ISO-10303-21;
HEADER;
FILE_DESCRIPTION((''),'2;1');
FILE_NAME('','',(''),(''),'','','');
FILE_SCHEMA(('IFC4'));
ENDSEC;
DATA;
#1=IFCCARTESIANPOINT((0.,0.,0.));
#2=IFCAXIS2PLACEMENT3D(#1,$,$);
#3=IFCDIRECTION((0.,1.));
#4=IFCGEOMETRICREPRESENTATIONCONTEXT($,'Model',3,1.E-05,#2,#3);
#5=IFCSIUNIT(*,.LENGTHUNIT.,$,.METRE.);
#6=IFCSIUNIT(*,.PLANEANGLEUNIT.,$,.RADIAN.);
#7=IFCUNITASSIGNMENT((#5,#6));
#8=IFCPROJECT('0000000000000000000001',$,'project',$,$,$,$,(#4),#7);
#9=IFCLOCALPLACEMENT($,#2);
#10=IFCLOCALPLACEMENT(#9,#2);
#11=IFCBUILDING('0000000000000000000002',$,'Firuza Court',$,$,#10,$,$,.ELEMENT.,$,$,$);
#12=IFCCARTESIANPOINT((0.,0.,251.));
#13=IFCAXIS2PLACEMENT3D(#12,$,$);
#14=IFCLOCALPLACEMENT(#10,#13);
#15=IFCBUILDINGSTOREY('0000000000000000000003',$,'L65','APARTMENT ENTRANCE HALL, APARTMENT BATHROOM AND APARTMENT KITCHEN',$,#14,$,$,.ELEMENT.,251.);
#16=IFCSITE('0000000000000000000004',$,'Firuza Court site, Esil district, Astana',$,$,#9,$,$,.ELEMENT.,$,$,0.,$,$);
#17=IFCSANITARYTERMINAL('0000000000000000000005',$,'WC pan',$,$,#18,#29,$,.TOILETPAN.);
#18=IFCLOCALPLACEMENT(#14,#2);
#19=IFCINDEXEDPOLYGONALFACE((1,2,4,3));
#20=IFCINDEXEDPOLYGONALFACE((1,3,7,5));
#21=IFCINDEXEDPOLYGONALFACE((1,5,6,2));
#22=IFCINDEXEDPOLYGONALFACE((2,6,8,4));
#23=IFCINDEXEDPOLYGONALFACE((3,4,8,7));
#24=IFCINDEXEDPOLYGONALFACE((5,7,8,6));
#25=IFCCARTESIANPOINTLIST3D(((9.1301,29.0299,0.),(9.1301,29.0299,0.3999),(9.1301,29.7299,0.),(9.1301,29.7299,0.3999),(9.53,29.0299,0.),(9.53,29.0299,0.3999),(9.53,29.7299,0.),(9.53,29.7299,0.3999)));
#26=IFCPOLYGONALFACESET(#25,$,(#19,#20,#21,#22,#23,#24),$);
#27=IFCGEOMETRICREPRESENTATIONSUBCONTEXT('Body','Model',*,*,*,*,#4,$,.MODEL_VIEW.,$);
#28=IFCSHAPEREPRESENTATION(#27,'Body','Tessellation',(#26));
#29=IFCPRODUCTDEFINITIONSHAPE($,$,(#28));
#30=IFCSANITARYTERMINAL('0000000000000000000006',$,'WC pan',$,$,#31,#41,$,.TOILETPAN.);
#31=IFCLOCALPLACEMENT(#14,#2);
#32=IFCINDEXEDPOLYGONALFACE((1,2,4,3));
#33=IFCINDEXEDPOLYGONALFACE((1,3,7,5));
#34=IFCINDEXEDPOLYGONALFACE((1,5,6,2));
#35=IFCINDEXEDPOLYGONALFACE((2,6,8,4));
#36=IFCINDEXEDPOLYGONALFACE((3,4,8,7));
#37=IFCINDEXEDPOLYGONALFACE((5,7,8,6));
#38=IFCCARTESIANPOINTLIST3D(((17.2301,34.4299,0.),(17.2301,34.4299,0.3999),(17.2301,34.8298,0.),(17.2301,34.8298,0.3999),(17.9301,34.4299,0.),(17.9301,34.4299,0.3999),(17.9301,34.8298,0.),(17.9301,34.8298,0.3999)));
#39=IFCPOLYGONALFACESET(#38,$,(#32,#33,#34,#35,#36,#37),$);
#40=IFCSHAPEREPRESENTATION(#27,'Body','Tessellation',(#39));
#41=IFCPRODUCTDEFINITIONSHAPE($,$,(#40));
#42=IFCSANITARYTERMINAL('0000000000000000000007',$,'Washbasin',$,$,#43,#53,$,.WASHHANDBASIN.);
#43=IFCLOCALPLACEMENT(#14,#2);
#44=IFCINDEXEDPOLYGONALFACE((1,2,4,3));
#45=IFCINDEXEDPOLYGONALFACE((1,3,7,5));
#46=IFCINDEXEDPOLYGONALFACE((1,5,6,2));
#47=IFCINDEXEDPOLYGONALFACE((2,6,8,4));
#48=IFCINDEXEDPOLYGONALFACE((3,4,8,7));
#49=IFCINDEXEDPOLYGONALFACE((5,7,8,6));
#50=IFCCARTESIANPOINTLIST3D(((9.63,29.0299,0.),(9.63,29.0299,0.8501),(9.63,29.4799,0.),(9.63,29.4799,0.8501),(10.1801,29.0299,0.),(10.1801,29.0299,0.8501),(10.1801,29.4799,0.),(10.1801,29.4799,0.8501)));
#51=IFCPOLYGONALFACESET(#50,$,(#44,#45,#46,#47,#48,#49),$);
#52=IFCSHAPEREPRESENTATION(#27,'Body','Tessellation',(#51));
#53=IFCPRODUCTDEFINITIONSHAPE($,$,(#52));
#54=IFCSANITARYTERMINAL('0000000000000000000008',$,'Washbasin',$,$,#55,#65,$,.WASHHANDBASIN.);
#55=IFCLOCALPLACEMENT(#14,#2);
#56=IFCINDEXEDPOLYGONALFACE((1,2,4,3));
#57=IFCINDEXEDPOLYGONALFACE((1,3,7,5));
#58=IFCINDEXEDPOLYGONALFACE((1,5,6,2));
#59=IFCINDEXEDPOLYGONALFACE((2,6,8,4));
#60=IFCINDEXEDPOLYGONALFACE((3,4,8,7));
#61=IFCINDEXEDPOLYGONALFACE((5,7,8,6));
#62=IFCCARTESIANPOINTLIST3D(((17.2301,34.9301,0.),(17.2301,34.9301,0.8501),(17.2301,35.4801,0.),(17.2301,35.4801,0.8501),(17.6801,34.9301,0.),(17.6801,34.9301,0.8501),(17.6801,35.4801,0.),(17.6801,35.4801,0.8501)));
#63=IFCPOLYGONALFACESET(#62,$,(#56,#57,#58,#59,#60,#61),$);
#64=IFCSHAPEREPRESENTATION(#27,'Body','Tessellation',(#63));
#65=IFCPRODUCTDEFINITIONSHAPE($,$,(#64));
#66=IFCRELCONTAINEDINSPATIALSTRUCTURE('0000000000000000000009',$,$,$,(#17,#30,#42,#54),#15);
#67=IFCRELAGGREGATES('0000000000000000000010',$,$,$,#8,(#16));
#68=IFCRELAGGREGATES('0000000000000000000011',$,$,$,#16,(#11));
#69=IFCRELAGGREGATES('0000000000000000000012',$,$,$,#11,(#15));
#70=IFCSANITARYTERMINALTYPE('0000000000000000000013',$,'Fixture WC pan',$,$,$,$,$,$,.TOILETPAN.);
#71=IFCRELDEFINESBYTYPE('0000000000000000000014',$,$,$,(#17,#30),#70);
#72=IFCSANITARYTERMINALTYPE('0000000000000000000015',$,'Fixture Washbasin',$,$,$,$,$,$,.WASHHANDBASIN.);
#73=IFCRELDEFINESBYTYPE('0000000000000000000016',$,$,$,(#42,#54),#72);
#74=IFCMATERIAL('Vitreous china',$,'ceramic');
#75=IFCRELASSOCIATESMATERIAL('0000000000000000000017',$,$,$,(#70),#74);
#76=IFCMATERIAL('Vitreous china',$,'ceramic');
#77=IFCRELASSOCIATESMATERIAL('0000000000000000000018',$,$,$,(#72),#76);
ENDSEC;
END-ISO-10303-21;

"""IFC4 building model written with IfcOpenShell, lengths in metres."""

from ifc_helpers import new_model, si_unit, direction, frame, origin, origin_2d, place, context, subcontext, project, spatial, rectangle, extrude, material, type_object, element, save


model = new_model("IFC4")

# Units and contexts
model_context = context("Model", 3, precision=1e-05, world=origin(), true_north=direction((0.0, 1.0)))
body_context = subcontext(model_context, "Body", "Model", "MODEL_VIEW")
ifc_project = project(units=[si_unit("LENGTHUNIT", "METRE"), si_unit("PLANEANGLEUNIT", "RADIAN")], contexts=[model_context])

# Site, building, storey
site_placement = place(None, origin())
site = spatial("IfcSite", under=ifc_project, at=site_placement, Name="Firuza Court site, Esil district, Astana", CompositionType="ELEMENT", RefElevation=0.0)
building_placement = place(site_placement, origin())
building = spatial("IfcBuilding", under=site, at=building_placement, Name="Firuza Court", CompositionType="ELEMENT")
storey_placement = place(building_placement, frame((0.0, 0.0, 251.0)))
storey = spatial("IfcBuildingStorey", under=building, at=storey_placement, Name="L65", Description="APARTMENT ENTRANCE HALL, APARTMENT BATHROOM AND APARTMENT KITCHEN", CompositionType="ELEMENT", Elevation=251.0)

# Sanitary terminals
ifc_material_1 = material(Name="Vitreous china", Category="ceramic")
sanitary_terminal_type_1 = type_object("IfcSanitaryTerminalType", Name="Fixture WC pan", PredefinedType="TOILETPAN", material=ifc_material_1)
sanitary_terminal_1_placement = place(storey_placement, frame((9.3301, 29.3799, 0.0), z_axis=(0.0, 0.0, 1.0), x_axis=(1.0, 0.0, 0.0)))
element("IfcSanitaryTerminal", 1, at=sanitary_terminal_1_placement, inside=storey, type_object=sanitary_terminal_type_1, Name="WC pan", PredefinedType="TOILETPAN", context=body_context, shape_type="SweptSolid", body=[
    extrude(rectangle(XDim=0.3999, YDim=0.7, at=origin_2d()), origin(), (0.0, 0.0, 1.0), 0.3999),
])
sanitary_terminal_2_placement = place(storey_placement, frame((17.5801, 34.6299, 0.0), z_axis=(0.0, 0.0, 1.0), x_axis=(1.0, 0.0, 0.0)))
element("IfcSanitaryTerminal", 2, at=sanitary_terminal_2_placement, inside=storey, type_object=sanitary_terminal_type_1, Name="WC pan", PredefinedType="TOILETPAN", context=body_context, shape_type="SweptSolid", body=[
    extrude(rectangle(XDim=0.7, YDim=0.3999, at=origin_2d()), origin(), (0.0, 0.0, 1.0), 0.3999),
])
ifc_material_2 = material(Name="Vitreous china", Category="ceramic")
sanitary_terminal_type_2 = type_object("IfcSanitaryTerminalType", Name="Fixture Washbasin", PredefinedType="WASHHANDBASIN", material=ifc_material_2)
sanitary_terminal_3_placement = place(storey_placement, frame((9.905, 29.2549, 0.0), z_axis=(0.0, 0.0, 1.0), x_axis=(1.0, 0.0, 0.0)))
element("IfcSanitaryTerminal", 3, at=sanitary_terminal_3_placement, inside=storey, type_object=sanitary_terminal_type_2, Name="Washbasin", PredefinedType="WASHHANDBASIN", context=body_context, shape_type="SweptSolid", body=[
    extrude(rectangle(XDim=0.55, YDim=0.45, at=origin_2d()), origin(), (0.0, 0.0, 1.0), 0.8501),
])
sanitary_terminal_4_placement = place(storey_placement, frame((17.4551, 35.2051, 0.0), z_axis=(0.0, 0.0, 1.0), x_axis=(1.0, 0.0, 0.0)))
element("IfcSanitaryTerminal", 4, at=sanitary_terminal_4_placement, inside=storey, type_object=sanitary_terminal_type_2, Name="Washbasin", PredefinedType="WASHHANDBASIN", context=body_context, shape_type="SweptSolid", body=[
    extrude(rectangle(XDim=0.45, YDim=0.55, at=origin_2d()), origin(), (0.0, 0.0, 1.0), 0.8501),
])

save(model, "model.ifc")
